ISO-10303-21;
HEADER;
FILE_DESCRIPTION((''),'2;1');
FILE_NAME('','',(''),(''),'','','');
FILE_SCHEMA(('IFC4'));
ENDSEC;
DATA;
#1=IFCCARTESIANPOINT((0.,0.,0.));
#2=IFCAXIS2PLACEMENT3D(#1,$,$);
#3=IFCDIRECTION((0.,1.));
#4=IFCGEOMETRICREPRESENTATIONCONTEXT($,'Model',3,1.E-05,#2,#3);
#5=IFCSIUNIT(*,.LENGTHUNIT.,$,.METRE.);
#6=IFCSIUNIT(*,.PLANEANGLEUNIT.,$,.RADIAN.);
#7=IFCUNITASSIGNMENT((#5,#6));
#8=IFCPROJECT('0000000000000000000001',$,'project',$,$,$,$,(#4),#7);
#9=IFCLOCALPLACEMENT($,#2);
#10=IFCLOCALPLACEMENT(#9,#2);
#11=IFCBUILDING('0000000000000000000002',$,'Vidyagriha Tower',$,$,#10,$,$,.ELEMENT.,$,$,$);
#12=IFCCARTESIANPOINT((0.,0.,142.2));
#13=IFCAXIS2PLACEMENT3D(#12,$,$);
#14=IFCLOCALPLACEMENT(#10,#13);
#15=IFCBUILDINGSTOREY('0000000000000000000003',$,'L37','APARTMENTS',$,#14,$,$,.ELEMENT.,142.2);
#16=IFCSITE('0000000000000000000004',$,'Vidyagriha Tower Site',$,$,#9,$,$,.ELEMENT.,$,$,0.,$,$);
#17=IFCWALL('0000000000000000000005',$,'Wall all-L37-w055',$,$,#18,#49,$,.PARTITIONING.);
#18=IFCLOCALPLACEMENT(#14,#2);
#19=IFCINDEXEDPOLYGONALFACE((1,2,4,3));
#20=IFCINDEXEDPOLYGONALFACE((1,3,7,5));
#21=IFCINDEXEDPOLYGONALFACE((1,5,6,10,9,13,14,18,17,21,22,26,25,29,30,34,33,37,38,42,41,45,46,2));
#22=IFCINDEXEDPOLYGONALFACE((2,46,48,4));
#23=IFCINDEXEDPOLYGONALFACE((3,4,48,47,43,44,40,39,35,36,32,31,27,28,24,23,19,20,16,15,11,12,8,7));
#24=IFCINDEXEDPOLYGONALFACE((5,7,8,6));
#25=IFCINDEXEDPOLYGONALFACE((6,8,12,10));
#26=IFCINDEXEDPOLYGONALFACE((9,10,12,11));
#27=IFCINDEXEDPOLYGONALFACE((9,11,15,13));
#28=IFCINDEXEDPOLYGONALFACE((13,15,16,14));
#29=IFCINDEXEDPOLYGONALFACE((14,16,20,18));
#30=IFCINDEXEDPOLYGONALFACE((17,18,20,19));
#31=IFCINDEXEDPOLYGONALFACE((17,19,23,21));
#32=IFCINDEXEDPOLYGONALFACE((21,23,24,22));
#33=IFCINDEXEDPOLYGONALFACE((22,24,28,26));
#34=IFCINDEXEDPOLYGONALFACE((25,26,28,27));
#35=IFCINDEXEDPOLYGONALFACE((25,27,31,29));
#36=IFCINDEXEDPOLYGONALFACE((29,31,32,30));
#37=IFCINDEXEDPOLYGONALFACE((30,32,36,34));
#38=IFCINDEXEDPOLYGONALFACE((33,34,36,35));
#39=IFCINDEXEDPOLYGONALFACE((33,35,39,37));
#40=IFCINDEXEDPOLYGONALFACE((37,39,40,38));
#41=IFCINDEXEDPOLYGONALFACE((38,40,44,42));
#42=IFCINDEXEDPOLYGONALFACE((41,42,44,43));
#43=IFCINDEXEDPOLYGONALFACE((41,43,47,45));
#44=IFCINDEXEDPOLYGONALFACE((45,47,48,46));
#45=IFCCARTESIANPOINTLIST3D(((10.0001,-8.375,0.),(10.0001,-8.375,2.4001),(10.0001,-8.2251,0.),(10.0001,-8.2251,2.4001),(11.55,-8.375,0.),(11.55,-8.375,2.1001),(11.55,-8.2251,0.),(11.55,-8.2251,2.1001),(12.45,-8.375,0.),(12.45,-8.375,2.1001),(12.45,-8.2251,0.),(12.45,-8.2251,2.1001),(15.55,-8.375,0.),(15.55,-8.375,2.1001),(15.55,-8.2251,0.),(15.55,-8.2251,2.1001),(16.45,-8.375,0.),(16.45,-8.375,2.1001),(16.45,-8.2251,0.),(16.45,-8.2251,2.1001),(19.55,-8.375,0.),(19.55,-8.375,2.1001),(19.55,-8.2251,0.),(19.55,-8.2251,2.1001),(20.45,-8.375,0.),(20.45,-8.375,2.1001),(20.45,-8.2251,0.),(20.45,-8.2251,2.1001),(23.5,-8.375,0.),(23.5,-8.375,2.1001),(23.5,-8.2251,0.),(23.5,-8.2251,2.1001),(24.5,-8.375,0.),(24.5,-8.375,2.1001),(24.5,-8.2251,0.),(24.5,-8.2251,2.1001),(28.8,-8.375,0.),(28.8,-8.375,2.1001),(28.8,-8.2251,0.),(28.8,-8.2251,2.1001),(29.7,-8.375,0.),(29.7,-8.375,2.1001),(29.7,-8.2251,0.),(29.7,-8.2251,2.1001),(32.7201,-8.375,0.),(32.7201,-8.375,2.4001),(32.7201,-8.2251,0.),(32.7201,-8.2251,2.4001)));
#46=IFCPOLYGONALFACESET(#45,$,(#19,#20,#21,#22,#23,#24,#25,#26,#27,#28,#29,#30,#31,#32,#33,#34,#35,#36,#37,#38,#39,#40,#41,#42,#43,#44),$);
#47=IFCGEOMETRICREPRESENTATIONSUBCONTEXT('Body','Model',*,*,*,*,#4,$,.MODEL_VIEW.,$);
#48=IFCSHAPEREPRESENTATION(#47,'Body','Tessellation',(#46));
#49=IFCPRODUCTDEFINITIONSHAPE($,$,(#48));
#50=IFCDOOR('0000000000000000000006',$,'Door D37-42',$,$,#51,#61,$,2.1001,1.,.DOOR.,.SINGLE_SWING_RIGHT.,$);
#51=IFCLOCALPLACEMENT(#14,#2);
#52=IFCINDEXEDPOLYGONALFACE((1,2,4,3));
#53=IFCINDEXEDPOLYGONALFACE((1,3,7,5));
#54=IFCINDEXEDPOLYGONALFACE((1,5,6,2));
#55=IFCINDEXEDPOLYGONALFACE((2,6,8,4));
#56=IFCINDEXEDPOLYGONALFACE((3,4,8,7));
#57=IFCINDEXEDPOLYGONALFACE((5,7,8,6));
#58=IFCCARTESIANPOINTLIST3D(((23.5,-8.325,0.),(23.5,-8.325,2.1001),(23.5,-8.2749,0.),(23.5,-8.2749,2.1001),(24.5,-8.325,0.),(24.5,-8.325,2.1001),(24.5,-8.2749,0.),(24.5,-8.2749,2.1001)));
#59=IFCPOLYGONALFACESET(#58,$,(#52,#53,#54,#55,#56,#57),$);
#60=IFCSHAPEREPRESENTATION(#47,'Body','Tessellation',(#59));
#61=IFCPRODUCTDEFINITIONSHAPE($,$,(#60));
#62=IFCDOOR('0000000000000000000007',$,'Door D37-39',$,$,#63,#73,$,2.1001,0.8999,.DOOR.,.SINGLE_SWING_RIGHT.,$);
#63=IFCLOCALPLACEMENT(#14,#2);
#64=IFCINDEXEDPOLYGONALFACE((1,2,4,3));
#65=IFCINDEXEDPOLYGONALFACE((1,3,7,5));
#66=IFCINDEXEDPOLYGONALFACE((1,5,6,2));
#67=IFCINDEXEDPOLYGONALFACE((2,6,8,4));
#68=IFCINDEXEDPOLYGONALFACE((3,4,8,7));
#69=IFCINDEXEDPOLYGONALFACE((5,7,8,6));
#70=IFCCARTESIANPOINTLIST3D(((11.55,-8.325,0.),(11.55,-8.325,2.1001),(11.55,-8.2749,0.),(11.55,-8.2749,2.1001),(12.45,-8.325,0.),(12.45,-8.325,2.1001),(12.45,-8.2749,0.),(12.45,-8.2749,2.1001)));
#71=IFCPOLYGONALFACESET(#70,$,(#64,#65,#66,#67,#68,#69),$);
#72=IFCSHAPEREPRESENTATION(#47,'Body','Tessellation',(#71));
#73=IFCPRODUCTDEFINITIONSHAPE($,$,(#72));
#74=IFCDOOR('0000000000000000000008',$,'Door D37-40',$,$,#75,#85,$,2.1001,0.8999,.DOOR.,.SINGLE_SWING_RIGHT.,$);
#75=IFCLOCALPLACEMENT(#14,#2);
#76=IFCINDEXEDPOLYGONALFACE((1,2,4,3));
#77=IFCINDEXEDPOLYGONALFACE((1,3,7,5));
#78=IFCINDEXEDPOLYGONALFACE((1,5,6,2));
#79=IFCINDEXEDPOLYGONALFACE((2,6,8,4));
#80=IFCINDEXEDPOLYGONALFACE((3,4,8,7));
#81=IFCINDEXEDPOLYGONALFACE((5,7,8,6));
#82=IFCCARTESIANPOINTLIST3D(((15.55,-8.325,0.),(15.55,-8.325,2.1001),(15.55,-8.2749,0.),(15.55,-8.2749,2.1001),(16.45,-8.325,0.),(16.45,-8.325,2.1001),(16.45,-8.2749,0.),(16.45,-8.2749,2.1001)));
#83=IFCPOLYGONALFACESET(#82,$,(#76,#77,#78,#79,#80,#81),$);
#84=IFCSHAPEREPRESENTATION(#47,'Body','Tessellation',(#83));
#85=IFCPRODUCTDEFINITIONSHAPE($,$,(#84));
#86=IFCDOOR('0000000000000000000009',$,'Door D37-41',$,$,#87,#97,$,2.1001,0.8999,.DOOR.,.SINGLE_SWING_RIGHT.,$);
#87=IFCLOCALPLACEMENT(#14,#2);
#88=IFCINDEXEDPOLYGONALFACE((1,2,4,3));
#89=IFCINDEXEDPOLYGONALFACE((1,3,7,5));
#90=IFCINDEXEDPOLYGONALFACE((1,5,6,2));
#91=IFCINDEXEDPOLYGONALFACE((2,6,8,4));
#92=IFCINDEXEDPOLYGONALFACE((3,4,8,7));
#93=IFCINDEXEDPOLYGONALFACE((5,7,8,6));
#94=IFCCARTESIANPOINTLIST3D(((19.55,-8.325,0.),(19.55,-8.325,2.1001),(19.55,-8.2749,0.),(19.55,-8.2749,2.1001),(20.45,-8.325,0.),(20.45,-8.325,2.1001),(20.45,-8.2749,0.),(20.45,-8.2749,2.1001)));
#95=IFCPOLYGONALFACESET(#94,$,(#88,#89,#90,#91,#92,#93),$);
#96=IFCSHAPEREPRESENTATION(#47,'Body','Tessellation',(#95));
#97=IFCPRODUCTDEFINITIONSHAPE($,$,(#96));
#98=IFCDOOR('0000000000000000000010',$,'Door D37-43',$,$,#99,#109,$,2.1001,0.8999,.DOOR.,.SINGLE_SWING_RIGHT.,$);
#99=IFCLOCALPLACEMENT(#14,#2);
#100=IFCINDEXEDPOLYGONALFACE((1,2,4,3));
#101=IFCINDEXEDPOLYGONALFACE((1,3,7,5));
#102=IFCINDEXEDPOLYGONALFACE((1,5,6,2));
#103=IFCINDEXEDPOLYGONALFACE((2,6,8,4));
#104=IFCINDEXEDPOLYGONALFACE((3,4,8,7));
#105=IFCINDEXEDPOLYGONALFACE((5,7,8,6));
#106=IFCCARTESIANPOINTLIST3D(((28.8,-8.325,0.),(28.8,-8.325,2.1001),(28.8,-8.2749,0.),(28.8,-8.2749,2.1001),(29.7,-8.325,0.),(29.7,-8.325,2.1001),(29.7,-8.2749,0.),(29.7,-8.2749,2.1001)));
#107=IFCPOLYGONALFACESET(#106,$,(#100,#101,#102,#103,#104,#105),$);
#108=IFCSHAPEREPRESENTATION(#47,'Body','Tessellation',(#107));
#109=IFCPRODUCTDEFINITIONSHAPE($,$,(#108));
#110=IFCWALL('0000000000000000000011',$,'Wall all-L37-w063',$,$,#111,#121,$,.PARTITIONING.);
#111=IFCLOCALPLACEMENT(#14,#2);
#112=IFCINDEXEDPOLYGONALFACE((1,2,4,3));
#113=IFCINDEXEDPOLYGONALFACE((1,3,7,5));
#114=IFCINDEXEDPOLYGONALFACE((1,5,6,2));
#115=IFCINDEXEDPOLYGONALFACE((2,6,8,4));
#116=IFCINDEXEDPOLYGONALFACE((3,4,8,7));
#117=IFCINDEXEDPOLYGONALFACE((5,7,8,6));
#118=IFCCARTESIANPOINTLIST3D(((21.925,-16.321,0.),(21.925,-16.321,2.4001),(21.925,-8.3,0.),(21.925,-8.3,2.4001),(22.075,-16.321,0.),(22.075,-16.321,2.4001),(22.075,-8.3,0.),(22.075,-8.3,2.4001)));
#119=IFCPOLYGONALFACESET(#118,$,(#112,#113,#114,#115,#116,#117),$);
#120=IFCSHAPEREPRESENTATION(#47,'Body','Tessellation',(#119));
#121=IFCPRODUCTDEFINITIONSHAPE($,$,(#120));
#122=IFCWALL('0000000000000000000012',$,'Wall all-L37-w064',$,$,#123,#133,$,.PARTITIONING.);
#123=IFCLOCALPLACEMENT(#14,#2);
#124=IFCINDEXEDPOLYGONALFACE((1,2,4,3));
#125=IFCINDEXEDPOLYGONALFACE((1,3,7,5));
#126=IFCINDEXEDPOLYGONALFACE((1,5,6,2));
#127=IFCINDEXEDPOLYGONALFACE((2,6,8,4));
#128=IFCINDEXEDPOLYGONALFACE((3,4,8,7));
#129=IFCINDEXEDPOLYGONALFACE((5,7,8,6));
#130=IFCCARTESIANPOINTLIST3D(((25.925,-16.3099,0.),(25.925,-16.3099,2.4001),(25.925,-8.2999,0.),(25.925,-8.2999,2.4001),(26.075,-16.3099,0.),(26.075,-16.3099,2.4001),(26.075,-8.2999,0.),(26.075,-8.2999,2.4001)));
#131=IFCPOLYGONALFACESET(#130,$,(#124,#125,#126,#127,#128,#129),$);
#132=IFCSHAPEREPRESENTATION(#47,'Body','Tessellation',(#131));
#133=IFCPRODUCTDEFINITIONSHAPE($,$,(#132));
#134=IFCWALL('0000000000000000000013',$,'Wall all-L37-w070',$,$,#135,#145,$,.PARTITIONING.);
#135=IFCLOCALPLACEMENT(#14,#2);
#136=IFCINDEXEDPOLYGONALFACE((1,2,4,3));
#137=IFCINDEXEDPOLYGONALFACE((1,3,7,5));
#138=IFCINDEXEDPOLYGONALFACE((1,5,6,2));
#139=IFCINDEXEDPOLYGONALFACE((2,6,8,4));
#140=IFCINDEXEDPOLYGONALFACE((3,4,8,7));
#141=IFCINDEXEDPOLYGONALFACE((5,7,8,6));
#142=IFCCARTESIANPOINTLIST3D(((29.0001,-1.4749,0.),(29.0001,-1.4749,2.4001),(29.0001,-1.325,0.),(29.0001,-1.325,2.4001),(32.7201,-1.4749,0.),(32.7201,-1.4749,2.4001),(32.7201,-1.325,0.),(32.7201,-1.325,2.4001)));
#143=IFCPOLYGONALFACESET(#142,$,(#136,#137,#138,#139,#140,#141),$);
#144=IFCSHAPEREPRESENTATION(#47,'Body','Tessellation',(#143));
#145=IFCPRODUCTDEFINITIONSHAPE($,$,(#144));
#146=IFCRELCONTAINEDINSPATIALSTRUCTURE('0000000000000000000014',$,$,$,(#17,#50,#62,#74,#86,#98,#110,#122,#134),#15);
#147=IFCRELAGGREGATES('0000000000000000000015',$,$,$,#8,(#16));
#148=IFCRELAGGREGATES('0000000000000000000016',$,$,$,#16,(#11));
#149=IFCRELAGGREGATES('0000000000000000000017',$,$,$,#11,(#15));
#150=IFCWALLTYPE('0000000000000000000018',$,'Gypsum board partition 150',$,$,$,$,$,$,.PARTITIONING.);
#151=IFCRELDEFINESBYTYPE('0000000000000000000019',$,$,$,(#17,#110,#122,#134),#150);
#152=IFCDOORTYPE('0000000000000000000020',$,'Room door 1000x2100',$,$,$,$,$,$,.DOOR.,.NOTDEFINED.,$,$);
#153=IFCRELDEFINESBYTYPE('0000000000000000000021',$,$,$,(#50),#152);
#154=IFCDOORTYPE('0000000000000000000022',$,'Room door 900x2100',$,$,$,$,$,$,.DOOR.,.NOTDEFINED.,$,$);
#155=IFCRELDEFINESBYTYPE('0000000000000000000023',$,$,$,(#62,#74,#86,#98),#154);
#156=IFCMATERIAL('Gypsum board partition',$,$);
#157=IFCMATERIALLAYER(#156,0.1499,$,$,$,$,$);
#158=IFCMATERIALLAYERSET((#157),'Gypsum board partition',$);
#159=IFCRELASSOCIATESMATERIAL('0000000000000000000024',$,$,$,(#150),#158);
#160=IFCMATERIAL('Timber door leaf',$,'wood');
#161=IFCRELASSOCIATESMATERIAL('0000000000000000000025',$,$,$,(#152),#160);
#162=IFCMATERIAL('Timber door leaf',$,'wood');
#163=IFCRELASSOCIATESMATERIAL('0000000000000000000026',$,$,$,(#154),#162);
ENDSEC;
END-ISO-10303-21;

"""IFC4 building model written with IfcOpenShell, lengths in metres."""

from ifc_helpers import new_model, si_unit, direction, frame, frame_2d, origin, place, context, subcontext, project, spatial, rectangle, extrude, material, layer, layer_set, type_object, element, fill, save


model = new_model("IFC4")

# Units and contexts
model_context = context("Model", 3, precision=1e-05, world=origin(), true_north=direction((0.0, 1.0)))
body_context = subcontext(model_context, "Body", "Model", "MODEL_VIEW")
ifc_project = project(units=[si_unit("LENGTHUNIT", "METRE"), si_unit("PLANEANGLEUNIT", "RADIAN")], contexts=[model_context])

# Site, building, storey
site_placement = place(None, origin())
site = spatial("IfcSite", under=ifc_project, at=site_placement, Name="Vidyagriha Tower Site", CompositionType="ELEMENT", RefElevation=0.0)
building_placement = place(site_placement, origin())
building = spatial("IfcBuilding", under=site, at=building_placement, Name="Vidyagriha Tower", CompositionType="ELEMENT")
storey_placement = place(building_placement, frame((0.0, 0.0, 142.2)))
storey = spatial("IfcBuildingStorey", under=building, at=storey_placement, Name="L37", Description="APARTMENTS", CompositionType="ELEMENT", Elevation=142.2)

# Shared definitions
ifc_material_1 = material(Name="Gypsum board partition")
ifc_layer_1 = layer(ifc_material_1, 0.1499)
ifc_layer_set_1 = layer_set([ifc_layer_1], Name="Gypsum board partition")
wall_type_1 = type_object("IfcWallType", Name="Gypsum board partition 150", PredefinedType="PARTITIONING", material=ifc_layer_set_1)

# Wall, openings, doors
wall_1_placement = place(storey_placement, frame((32.72, -8.3, 0.0), z_axis=(0.0, 0.0, 1.0), x_axis=(-1.0, 0.0, 0.0)))
wall_1 = element("IfcWall", 1, at=wall_1_placement, inside=storey, type_object=wall_type_1, Name="Wall all-L37-w055", PredefinedType="PARTITIONING", context=body_context, shape_type="SweptSolid", body=[
    extrude(rectangle(XDim=22.72, YDim=0.1499, at=frame_2d((11.3599, 0.0))), origin(), (0.0, 0.0, 1.0), 2.4001),
])
opening_1_placement = place(wall_1_placement, frame((20.27, 0.0, 0.0)))
opening_1 = element("IfcOpeningElement", 2, at=opening_1_placement, cuts=wall_1, PredefinedType="OPENING", context=body_context, shape_type="SweptSolid", body=[
    extrude(rectangle(XDim=0.8999, YDim=2.1001, at=frame_2d((0.45, 1.05))), frame((0.0, 0.085, 0.0), z_axis=(0.0, -1.0, 0.0), x_axis=(1.0, 0.0, 0.0)), (0.0, 0.0, 1.0), 0.1699),
])
opening_2_placement = place(wall_1_placement, frame((16.27, 0.0, 0.0)))
opening_2 = element("IfcOpeningElement", 3, at=opening_2_placement, cuts=wall_1, PredefinedType="OPENING", context=body_context, shape_type="SweptSolid", body=[
    extrude(rectangle(XDim=0.8999, YDim=2.1001, at=frame_2d((0.45, 1.05))), frame((0.0, 0.085, 0.0), z_axis=(0.0, -1.0, 0.0), x_axis=(1.0, 0.0, 0.0)), (0.0, 0.0, 1.0), 0.1699),
])
opening_3_placement = place(wall_1_placement, frame((12.27, 0.0, 0.0)))
opening_3 = element("IfcOpeningElement", 4, at=opening_3_placement, cuts=wall_1, PredefinedType="OPENING", context=body_context, shape_type="SweptSolid", body=[
    extrude(rectangle(XDim=0.8999, YDim=2.1001, at=frame_2d((0.45, 1.05))), frame((0.0, 0.085, 0.0), z_axis=(0.0, -1.0, 0.0), x_axis=(1.0, 0.0, 0.0)), (0.0, 0.0, 1.0), 0.1699),
])
opening_4_placement = place(wall_1_placement, frame((8.22, 0.0, 0.0)))
opening_4 = element("IfcOpeningElement", 5, at=opening_4_placement, cuts=wall_1, PredefinedType="OPENING", context=body_context, shape_type="SweptSolid", body=[
    extrude(rectangle(XDim=1.0, YDim=2.1001, at=frame_2d((0.5, 1.05))), frame((0.0, 0.085, 0.0), z_axis=(0.0, -1.0, 0.0), x_axis=(1.0, 0.0, 0.0)), (0.0, 0.0, 1.0), 0.1699),
])
opening_5_placement = place(wall_1_placement, frame((3.02, 0.0, 0.0)))
opening_5 = element("IfcOpeningElement", 6, at=opening_5_placement, cuts=wall_1, PredefinedType="OPENING", context=body_context, shape_type="SweptSolid", body=[
    extrude(rectangle(XDim=0.8999, YDim=2.1001, at=frame_2d((0.45, 1.05))), frame((0.0, 0.085, 0.0), z_axis=(0.0, -1.0, 0.0), x_axis=(1.0, 0.0, 0.0)), (0.0, 0.0, 1.0), 0.1699),
])
ifc_material_2 = material(Name="Timber door leaf", Category="wood")
door_type_1 = type_object("IfcDoorType", Name="Room door 1000x2100", OperationType="NOTDEFINED", PredefinedType="DOOR", material=ifc_material_2)
door_1_placement = place(opening_4_placement, origin())
door_1 = element("IfcDoor", 7, at=door_1_placement, inside=storey, type_object=door_type_1, Name="Door D37-42", OperationType="SINGLE_SWING_RIGHT", OverallHeight=2.1001, OverallWidth=1.0, PredefinedType="DOOR", context=body_context, shape_type="SweptSolid", body=[
    extrude(rectangle(XDim=1.0, YDim=2.1001, at=frame_2d((0.5, 1.05))), frame((0.0, 0.0249, 0.0), z_axis=(0.0, -1.0, 0.0), x_axis=(1.0, 0.0, 0.0)), (0.0, 0.0, 1.0), 0.05),
])
fill(opening_4, door_1)
ifc_material_3 = material(Name="Timber door leaf", Category="wood")
door_type_2 = type_object("IfcDoorType", Name="Room door 900x2100", OperationType="NOTDEFINED", PredefinedType="DOOR", material=ifc_material_3)
door_2_placement = place(opening_1_placement, origin())
door_2 = element("IfcDoor", 8, at=door_2_placement, inside=storey, type_object=door_type_2, Name="Door D37-39", OperationType="SINGLE_SWING_RIGHT", OverallHeight=2.1001, OverallWidth=0.8999, PredefinedType="DOOR", context=body_context, shape_type="SweptSolid", body=[
    extrude(rectangle(XDim=0.8999, YDim=2.1001, at=frame_2d((0.45, 1.05))), frame((0.0, 0.0249, 0.0), z_axis=(0.0, -1.0, 0.0), x_axis=(1.0, 0.0, 0.0)), (0.0, 0.0, 1.0), 0.05),
])
fill(opening_1, door_2)
door_3_placement = place(opening_2_placement, origin())
door_3 = element("IfcDoor", 9, at=door_3_placement, inside=storey, type_object=door_type_2, Name="Door D37-40", OperationType="SINGLE_SWING_RIGHT", OverallHeight=2.1001, OverallWidth=0.8999, PredefinedType="DOOR", context=body_context, shape_type="SweptSolid", body=[
    extrude(rectangle(XDim=0.8999, YDim=2.1001, at=frame_2d((0.45, 1.05))), frame((0.0, 0.0249, 0.0), z_axis=(0.0, -1.0, 0.0), x_axis=(1.0, 0.0, 0.0)), (0.0, 0.0, 1.0), 0.05),
])
fill(opening_2, door_3)
door_4_placement = place(opening_3_placement, origin())
door_4 = element("IfcDoor", 10, at=door_4_placement, inside=storey, type_object=door_type_2, Name="Door D37-41", OperationType="SINGLE_SWING_RIGHT", OverallHeight=2.1001, OverallWidth=0.8999, PredefinedType="DOOR", context=body_context, shape_type="SweptSolid", body=[
    extrude(rectangle(XDim=0.8999, YDim=2.1001, at=frame_2d((0.45, 1.05))), frame((0.0, 0.0249, 0.0), z_axis=(0.0, -1.0, 0.0), x_axis=(1.0, 0.0, 0.0)), (0.0, 0.0, 1.0), 0.05),
])
fill(opening_3, door_4)
door_5_placement = place(opening_5_placement, origin())
door_5 = element("IfcDoor", 11, at=door_5_placement, inside=storey, type_object=door_type_2, Name="Door D37-43", OperationType="SINGLE_SWING_RIGHT", OverallHeight=2.1001, OverallWidth=0.8999, PredefinedType="DOOR", context=body_context, shape_type="SweptSolid", body=[
    extrude(rectangle(XDim=0.8999, YDim=2.1001, at=frame_2d((0.45, 1.05))), frame((0.0, 0.0249, 0.0), z_axis=(0.0, -1.0, 0.0), x_axis=(1.0, 0.0, 0.0)), (0.0, 0.0, 1.0), 0.05),
])
fill(opening_5, door_5)

# Walls
wall_2_placement = place(storey_placement, frame((22.0, -8.3, 0.0), z_axis=(0.0, 0.0, 1.0), x_axis=(0.0, -1.0, 0.0)))
element("IfcWall", 12, at=wall_2_placement, inside=storey, type_object=wall_type_1, Name="Wall all-L37-w063", PredefinedType="PARTITIONING", context=body_context, shape_type="SweptSolid", body=[
    extrude(rectangle(XDim=8.021, YDim=0.1499, at=frame_2d((4.0105, 0.0))), origin(), (0.0, 0.0, 1.0), 2.4001),
])
wall_3_placement = place(storey_placement, frame((26.0, -8.3, 0.0), z_axis=(0.0, 0.0, 1.0), x_axis=(0.0, -1.0, 0.0)))
element("IfcWall", 13, at=wall_3_placement, inside=storey, type_object=wall_type_1, Name="Wall all-L37-w064", PredefinedType="PARTITIONING", context=body_context, shape_type="SweptSolid", body=[
    extrude(rectangle(XDim=8.01, YDim=0.1499, at=frame_2d((4.0049, 0.0))), origin(), (0.0, 0.0, 1.0), 2.4001),
])
wall_4_placement = place(storey_placement, frame((32.72, -1.3999, 0.0), z_axis=(0.0, 0.0, 1.0), x_axis=(-1.0, 0.0, 0.0)))
element("IfcWall", 14, at=wall_4_placement, inside=storey, type_object=wall_type_1, Name="Wall all-L37-w070", PredefinedType="PARTITIONING", context=body_context, shape_type="SweptSolid", body=[
    extrude(rectangle(XDim=3.72, YDim=0.1499, at=frame_2d((1.8599, 0.0))), origin(), (0.0, 0.0, 1.0), 2.4001),
])

save(model, "model.ifc")
